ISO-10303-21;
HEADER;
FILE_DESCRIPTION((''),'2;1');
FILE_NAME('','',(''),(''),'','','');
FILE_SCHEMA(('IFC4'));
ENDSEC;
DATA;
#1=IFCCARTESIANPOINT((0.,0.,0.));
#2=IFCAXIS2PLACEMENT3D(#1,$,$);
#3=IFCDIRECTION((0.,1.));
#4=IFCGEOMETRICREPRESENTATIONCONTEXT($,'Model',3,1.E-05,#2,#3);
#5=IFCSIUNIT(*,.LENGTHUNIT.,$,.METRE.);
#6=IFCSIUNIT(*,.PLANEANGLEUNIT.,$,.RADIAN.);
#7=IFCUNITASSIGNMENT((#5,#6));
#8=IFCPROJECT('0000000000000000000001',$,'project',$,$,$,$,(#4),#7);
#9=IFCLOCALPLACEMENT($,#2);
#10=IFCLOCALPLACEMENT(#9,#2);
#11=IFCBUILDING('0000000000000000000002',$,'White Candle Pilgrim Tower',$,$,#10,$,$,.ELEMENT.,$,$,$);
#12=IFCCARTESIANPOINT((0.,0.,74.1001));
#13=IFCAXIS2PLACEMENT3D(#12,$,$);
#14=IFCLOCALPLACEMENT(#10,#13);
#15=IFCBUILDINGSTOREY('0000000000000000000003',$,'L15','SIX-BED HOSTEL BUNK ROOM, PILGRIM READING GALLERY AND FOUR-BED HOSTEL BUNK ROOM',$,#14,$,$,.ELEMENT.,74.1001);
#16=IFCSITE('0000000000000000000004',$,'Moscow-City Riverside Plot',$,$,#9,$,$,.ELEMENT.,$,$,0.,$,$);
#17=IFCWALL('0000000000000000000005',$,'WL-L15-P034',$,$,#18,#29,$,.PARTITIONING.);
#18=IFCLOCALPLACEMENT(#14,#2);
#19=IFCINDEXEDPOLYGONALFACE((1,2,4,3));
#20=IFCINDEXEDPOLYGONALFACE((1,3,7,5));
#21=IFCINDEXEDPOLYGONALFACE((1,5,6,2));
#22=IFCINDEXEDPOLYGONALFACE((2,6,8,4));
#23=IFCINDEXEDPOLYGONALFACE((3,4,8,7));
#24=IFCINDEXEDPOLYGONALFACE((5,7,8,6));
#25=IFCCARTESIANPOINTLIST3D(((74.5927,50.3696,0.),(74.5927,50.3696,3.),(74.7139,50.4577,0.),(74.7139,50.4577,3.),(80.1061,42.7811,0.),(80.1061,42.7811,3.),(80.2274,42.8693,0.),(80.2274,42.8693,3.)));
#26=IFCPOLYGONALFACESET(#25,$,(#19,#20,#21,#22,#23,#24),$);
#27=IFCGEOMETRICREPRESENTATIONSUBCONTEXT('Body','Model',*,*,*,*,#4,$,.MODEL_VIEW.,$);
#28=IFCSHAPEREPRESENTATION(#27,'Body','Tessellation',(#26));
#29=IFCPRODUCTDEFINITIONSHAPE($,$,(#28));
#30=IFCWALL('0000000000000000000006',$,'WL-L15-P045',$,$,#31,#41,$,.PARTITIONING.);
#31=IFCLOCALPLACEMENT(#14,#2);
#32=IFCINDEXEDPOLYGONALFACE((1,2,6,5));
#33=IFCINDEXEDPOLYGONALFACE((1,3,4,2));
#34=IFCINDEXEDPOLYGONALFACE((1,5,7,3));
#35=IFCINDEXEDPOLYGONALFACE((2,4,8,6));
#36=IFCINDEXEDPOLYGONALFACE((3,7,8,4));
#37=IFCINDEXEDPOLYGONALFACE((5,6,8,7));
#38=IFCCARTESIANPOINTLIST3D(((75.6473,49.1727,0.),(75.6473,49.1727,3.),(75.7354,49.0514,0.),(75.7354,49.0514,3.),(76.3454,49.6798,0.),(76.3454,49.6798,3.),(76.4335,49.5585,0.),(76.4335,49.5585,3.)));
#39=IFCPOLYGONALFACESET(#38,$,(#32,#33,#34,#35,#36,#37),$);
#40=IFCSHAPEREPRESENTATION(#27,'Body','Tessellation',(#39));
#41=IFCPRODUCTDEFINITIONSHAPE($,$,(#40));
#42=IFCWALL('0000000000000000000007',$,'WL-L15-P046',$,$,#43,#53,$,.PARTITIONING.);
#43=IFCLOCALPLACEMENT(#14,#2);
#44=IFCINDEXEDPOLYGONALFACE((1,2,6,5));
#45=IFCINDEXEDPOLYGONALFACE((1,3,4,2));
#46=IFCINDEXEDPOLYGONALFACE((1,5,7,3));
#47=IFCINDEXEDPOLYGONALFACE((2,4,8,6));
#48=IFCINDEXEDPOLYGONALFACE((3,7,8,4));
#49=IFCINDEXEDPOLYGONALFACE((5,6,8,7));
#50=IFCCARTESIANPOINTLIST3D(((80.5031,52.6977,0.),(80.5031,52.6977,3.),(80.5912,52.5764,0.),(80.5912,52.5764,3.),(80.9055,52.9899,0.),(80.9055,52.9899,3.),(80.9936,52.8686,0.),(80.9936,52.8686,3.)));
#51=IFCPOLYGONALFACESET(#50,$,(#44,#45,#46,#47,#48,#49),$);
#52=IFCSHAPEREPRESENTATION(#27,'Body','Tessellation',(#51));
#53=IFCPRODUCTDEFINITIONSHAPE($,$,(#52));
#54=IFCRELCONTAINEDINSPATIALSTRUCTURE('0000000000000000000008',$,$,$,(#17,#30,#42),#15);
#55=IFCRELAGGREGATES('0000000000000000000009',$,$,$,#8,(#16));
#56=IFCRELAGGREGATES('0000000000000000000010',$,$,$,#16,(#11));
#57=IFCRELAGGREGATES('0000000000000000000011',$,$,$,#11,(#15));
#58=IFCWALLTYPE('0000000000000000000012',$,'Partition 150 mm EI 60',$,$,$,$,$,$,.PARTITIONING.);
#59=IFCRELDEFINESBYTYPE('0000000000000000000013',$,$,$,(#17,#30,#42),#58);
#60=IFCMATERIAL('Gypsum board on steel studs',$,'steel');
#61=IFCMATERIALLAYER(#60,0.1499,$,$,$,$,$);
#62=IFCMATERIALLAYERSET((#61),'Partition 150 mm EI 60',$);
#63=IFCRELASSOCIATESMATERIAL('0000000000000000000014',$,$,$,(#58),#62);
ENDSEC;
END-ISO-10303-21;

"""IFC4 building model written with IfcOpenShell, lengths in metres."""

from ifc_helpers import new_model, si_unit, direction, frame, frame_2d, origin, place, context, subcontext, project, spatial, rectangle, extrude, material, layer, layer_set, type_object, element, save


model = new_model("IFC4")

# Units and contexts
model_context = context("Model", 3, precision=1e-05, world=origin(), true_north=direction((0.0, 1.0)))
body_context = subcontext(model_context, "Body", "Model", "MODEL_VIEW")
ifc_project = project(units=[si_unit("LENGTHUNIT", "METRE"), si_unit("PLANEANGLEUNIT", "RADIAN")], contexts=[model_context])

# Site, building, storey
site_placement = place(None, origin())
site = spatial("IfcSite", under=ifc_project, at=site_placement, Name="Moscow-City Riverside Plot", CompositionType="ELEMENT", RefElevation=0.0)
building_placement = place(site_placement, origin())
building = spatial("IfcBuilding", under=site, at=building_placement, Name="White Candle Pilgrim Tower", CompositionType="ELEMENT")
storey_placement = place(building_placement, frame((0.0, 0.0, 74.1001)))
storey = spatial("IfcBuildingStorey", under=building, at=storey_placement, Name="L15", Description="SIX-BED HOSTEL BUNK ROOM, PILGRIM READING GALLERY AND FOUR-BED HOSTEL BUNK ROOM", CompositionType="ELEMENT", Elevation=74.1001)

# Shared definitions
ifc_material_1 = material(Name="Gypsum board on steel studs", Category="steel")

# Walls
ifc_layer_1 = layer(ifc_material_1, 0.1499)
ifc_layer_set_1 = layer_set([ifc_layer_1], Name="Partition 150 mm EI 60")
wall_type_1 = type_object("IfcWallType", Name="Partition 150 mm EI 60", PredefinedType="PARTITIONING", material=ifc_layer_set_1)
wall_1_placement = place(storey_placement, frame((80.1667, 42.8252, 0.0), z_axis=(0.0, 0.0, 1.0), x_axis=(-0.587796, 0.80901, 0.0)))
element("IfcWall", 1, at=wall_1_placement, inside=storey, type_object=wall_type_1, Name="WL-L15-P034", PredefinedType="PARTITIONING", context=body_context, shape_type="SweptSolid", body=[
    extrude(rectangle(XDim=9.3799, YDim=0.1499, at=frame_2d((4.6899, 0.0))), origin(), (0.0, 0.0, 1.0), 3.0),
])
wall_2_placement = place(storey_placement, frame((76.3894, 49.6191, 0.0), z_axis=(0.0, 0.0, 1.0), x_axis=(-0.809042, -0.587751, 0.0)))
element("IfcWall", 2, at=wall_2_placement, inside=storey, type_object=wall_type_1, Name="WL-L15-P045", PredefinedType="PARTITIONING", context=body_context, shape_type="SweptSolid", body=[
    extrude(rectangle(XDim=0.8628, YDim=0.1499, at=frame_2d((0.4314, 0.0))), origin(), (0.0, 0.0, 1.0), 3.0),
])
wall_3_placement = place(storey_placement, frame((80.9495, 52.9292, 0.0), z_axis=(0.0, 0.0, 1.0), x_axis=(-0.809097, -0.587675, 0.0)))
element("IfcWall", 3, at=wall_3_placement, inside=storey, type_object=wall_type_1, Name="WL-L15-P046", PredefinedType="PARTITIONING", context=body_context, shape_type="SweptSolid", body=[
    extrude(rectangle(XDim=0.4973, YDim=0.1499, at=frame_2d((0.2485, 0.0))), origin(), (0.0, 0.0, 1.0), 3.0),
])

save(model, "model.ifc")
